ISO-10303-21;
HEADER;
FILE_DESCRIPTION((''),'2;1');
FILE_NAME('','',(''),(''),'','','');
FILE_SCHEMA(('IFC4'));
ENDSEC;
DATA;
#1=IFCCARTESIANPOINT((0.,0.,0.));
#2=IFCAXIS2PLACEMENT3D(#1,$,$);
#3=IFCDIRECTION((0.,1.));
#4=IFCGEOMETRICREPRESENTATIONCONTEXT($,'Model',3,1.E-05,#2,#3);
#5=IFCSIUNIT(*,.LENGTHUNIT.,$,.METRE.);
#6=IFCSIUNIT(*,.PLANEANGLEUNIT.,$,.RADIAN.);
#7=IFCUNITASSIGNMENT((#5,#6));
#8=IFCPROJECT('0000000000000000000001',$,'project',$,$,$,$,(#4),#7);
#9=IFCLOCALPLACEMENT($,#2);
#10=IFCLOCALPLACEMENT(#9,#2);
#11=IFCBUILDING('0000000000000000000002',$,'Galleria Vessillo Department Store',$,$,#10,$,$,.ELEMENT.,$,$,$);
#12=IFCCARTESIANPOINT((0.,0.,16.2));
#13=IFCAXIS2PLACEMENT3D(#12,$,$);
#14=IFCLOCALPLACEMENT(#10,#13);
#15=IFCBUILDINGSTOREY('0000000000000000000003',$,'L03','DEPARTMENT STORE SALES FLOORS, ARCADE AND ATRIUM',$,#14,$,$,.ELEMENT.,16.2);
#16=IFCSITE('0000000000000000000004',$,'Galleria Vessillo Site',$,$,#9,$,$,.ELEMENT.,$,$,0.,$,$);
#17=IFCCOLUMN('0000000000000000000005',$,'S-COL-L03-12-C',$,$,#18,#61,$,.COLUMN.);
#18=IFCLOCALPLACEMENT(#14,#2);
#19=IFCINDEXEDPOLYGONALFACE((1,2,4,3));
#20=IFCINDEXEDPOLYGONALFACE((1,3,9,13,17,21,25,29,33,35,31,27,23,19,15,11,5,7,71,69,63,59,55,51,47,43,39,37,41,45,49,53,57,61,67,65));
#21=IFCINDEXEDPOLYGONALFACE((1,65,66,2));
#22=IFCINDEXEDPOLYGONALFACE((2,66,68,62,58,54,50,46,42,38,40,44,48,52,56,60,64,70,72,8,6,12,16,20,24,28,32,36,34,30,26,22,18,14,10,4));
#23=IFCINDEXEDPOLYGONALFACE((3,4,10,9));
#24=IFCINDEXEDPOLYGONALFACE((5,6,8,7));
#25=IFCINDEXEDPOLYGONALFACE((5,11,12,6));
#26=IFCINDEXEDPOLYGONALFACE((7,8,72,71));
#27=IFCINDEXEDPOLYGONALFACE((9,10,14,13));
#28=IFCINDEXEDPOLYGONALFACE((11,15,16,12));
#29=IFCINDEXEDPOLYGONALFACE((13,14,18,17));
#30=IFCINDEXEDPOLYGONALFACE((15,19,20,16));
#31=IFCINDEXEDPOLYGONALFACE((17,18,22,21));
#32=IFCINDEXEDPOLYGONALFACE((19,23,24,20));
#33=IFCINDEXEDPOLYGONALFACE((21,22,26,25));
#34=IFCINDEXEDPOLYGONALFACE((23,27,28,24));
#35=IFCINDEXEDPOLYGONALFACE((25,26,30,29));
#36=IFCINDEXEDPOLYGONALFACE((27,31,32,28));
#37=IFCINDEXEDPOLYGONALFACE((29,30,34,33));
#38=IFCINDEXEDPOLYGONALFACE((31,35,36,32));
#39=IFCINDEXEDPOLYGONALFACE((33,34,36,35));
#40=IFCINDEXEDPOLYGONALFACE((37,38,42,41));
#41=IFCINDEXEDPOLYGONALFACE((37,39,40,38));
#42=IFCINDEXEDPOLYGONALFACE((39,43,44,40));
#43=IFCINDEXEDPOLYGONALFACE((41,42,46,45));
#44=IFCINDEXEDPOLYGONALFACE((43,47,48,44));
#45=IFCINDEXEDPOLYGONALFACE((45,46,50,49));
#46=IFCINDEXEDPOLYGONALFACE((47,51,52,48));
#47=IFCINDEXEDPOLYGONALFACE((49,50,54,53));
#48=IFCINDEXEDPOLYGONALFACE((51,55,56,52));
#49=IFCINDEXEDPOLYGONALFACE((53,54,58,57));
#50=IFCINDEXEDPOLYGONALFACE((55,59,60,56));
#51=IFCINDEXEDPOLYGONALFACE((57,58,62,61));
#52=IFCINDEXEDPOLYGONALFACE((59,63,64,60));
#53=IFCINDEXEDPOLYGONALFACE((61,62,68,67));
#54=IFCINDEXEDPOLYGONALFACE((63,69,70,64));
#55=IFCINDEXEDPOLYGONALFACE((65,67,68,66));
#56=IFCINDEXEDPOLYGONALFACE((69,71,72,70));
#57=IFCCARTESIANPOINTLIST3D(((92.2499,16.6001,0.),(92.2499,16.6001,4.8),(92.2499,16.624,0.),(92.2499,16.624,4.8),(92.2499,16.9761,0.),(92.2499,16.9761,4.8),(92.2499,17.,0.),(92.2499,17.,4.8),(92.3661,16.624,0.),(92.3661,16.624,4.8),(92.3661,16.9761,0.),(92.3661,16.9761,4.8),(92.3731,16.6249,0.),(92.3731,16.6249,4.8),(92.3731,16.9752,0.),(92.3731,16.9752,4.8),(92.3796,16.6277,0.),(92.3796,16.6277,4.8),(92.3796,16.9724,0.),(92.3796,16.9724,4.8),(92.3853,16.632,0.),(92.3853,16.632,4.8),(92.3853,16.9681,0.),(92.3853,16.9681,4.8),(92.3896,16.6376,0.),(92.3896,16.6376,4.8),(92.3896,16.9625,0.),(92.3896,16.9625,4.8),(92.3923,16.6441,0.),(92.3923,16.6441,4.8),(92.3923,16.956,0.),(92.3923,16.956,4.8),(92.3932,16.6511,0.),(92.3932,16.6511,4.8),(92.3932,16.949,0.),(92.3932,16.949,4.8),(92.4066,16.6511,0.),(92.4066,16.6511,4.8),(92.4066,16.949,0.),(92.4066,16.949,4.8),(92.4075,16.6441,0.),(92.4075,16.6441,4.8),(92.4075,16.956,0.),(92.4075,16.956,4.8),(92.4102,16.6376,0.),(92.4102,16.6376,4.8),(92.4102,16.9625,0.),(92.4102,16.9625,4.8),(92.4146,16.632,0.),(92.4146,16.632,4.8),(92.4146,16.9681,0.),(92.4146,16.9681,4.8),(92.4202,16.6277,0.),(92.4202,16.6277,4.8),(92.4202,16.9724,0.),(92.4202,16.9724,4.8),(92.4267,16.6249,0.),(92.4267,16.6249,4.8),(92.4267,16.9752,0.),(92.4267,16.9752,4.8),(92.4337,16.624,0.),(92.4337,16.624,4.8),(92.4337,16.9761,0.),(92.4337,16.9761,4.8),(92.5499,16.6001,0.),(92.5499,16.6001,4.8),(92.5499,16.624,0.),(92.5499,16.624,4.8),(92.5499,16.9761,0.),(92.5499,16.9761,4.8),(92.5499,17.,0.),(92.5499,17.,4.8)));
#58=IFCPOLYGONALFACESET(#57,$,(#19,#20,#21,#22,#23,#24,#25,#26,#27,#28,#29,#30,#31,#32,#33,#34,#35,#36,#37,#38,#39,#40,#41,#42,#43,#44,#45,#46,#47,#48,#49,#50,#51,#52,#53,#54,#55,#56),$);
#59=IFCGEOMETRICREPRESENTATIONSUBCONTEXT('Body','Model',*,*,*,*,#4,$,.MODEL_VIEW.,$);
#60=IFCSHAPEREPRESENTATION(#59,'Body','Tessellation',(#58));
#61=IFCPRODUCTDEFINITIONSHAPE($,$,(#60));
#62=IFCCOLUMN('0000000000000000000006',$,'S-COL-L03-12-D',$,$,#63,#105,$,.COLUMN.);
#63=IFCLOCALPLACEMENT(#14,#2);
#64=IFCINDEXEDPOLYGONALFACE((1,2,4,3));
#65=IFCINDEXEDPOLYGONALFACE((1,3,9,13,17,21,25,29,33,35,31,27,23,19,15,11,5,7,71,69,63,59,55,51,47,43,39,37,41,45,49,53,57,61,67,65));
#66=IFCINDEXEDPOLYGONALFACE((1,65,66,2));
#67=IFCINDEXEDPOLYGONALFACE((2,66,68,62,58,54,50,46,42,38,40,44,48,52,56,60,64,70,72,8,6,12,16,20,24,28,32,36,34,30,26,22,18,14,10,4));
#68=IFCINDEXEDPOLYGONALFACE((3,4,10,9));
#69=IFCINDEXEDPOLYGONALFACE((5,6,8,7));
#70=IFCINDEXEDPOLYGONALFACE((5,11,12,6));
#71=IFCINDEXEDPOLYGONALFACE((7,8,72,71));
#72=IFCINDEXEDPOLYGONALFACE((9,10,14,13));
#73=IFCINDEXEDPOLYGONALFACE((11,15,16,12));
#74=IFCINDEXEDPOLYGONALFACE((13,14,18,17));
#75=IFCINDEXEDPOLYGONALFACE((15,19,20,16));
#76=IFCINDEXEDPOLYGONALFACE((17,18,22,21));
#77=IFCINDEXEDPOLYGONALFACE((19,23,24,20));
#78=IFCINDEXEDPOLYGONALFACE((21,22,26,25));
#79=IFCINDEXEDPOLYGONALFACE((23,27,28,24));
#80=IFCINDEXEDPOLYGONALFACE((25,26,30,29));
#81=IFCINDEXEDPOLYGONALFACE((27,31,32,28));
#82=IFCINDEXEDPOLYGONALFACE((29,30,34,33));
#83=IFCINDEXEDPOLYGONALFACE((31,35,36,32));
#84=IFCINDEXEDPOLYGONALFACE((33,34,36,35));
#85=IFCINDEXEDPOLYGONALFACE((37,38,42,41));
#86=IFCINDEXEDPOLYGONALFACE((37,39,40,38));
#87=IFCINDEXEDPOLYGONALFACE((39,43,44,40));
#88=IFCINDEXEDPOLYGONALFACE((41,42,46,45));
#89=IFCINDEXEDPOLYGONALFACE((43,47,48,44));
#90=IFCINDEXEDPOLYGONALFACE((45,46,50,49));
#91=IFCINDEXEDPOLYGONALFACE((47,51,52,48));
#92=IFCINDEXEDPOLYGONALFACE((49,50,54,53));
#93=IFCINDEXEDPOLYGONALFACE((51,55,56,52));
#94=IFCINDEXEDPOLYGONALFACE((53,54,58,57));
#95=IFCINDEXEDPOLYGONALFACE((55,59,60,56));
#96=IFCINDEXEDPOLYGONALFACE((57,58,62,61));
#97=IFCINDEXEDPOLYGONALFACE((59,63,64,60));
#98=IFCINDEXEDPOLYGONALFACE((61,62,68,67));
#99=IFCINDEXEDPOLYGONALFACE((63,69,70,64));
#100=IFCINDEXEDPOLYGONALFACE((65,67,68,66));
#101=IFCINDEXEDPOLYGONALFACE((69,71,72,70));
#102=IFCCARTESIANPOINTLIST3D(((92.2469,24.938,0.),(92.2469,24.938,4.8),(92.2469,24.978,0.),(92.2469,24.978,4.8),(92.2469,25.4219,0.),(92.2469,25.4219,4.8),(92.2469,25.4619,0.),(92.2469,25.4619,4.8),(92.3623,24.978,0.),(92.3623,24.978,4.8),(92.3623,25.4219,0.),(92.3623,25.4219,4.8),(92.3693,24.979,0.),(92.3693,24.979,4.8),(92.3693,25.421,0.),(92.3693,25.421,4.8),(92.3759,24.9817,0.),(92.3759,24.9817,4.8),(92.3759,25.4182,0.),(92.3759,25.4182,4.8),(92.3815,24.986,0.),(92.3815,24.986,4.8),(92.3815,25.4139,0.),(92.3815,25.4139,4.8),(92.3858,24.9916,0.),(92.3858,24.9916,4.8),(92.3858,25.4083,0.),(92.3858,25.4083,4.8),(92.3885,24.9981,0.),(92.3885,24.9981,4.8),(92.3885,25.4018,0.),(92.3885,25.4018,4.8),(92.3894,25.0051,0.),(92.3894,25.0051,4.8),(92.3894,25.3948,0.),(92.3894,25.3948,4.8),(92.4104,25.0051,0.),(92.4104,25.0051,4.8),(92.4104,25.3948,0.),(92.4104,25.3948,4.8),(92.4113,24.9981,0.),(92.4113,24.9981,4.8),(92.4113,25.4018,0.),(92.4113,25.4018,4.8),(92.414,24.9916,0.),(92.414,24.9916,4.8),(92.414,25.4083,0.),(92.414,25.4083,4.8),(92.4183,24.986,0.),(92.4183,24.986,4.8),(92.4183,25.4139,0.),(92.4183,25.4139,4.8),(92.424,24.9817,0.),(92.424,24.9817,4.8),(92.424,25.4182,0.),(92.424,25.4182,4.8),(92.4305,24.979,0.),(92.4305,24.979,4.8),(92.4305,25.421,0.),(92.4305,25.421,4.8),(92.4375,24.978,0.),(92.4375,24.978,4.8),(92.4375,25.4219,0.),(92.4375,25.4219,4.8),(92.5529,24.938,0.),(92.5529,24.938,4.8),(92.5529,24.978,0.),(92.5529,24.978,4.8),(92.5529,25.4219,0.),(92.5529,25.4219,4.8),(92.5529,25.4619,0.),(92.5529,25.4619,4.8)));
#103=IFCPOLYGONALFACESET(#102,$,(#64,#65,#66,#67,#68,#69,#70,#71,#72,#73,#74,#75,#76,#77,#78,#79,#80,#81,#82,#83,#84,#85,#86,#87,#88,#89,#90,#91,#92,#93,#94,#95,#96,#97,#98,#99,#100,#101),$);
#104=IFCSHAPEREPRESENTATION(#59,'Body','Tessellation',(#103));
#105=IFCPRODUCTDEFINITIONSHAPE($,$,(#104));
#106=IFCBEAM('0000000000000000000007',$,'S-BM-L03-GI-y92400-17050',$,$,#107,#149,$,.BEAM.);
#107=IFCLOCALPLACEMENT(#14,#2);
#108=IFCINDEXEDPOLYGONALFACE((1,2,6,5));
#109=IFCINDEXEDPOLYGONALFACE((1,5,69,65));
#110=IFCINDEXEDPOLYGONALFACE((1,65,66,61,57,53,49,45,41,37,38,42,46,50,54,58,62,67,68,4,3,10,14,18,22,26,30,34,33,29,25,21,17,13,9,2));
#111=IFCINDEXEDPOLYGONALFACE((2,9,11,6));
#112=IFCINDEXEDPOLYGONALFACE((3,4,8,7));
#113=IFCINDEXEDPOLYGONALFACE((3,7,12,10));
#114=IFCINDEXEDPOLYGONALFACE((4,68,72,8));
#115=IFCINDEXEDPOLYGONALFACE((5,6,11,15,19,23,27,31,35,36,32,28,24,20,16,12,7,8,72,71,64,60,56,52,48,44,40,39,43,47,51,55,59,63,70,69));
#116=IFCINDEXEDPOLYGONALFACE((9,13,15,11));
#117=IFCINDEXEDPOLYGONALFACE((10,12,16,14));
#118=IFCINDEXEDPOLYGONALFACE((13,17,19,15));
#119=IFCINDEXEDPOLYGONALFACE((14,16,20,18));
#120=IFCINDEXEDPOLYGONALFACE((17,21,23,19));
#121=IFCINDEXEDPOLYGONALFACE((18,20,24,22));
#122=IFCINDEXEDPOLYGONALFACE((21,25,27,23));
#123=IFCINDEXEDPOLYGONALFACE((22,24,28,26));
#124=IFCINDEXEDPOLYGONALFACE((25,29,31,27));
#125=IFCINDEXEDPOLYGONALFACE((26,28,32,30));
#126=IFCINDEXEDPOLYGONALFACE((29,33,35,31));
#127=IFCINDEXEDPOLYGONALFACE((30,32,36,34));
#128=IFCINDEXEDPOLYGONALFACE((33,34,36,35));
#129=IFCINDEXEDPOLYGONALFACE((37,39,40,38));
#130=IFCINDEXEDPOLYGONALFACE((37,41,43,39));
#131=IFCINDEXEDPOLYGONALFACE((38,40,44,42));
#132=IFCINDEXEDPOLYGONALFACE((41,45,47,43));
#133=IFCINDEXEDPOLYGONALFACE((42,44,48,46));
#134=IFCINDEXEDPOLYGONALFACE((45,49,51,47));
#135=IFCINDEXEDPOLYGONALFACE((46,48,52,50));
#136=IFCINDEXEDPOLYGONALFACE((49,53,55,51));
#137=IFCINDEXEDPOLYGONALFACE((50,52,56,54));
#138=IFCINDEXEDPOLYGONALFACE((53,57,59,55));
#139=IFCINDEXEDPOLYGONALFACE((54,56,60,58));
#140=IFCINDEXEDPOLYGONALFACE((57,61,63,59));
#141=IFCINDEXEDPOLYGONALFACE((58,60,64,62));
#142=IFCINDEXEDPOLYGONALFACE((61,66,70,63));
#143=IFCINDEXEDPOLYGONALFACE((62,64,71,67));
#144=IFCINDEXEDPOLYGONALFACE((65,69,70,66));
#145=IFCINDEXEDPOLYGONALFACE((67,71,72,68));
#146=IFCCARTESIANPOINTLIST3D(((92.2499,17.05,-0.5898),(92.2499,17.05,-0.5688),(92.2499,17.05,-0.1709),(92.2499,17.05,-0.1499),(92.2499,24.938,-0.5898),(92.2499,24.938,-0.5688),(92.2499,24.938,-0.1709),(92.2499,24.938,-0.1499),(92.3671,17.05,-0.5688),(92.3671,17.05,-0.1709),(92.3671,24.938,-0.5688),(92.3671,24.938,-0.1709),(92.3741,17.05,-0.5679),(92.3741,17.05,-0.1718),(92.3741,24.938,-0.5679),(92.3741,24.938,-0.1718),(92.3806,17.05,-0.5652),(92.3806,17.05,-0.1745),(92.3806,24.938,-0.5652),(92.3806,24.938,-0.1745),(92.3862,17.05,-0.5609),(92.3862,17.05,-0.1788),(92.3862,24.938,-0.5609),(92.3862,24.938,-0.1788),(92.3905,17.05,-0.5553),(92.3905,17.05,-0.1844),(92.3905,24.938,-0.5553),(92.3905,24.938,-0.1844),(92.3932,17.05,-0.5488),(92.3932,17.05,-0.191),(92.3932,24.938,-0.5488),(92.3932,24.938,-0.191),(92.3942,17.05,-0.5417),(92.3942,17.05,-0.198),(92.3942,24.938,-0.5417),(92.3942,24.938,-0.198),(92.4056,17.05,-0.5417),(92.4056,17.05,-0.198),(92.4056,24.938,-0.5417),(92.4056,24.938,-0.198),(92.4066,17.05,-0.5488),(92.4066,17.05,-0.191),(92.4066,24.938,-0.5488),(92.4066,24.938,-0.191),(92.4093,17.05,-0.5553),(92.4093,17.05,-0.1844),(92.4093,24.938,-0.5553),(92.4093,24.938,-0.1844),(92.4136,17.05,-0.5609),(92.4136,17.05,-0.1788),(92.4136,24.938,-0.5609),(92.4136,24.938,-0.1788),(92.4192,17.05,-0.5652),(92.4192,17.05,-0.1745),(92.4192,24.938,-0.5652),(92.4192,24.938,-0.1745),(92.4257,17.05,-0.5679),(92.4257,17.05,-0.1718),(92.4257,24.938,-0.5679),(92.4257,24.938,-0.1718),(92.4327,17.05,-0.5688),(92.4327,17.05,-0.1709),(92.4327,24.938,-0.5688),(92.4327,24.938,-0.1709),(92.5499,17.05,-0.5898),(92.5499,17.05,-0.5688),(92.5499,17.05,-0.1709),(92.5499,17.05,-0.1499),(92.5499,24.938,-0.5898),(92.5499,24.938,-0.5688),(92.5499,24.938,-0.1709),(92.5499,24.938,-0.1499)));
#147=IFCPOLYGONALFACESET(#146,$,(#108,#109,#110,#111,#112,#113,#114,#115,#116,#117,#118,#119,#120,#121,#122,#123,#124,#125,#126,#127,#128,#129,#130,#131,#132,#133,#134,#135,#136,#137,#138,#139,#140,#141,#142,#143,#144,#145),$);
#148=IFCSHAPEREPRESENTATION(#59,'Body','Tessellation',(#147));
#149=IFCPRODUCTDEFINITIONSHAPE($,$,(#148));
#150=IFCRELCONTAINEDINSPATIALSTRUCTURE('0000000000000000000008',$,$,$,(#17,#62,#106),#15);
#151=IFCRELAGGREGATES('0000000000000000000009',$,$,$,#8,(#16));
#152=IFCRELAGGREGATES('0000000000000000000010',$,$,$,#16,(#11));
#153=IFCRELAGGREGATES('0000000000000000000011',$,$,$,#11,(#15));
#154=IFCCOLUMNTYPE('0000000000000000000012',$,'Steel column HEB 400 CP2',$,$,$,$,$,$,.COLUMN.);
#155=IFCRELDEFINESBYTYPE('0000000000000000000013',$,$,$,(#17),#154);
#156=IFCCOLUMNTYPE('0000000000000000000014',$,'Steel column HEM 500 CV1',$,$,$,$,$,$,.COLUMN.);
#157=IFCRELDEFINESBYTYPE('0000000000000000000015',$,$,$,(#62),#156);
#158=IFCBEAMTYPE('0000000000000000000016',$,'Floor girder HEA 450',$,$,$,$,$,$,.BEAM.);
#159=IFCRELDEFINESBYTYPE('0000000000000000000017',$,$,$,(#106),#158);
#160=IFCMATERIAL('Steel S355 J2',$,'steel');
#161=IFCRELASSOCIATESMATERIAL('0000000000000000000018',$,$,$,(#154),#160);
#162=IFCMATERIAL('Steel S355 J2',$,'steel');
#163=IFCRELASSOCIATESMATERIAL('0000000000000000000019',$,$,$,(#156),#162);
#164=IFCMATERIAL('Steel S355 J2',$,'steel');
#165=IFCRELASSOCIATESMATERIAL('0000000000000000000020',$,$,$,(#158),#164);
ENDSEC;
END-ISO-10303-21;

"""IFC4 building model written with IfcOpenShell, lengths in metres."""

from ifc_helpers import new_model, si_unit, direction, frame, origin, origin_2d, place, context, subcontext, project, spatial, i_section, extrude, material, material_profile, profile_set, type_object, element, save


model = new_model("IFC4")

# Units and contexts
model_context = context("Model", 3, precision=1e-05, world=origin(), true_north=direction((0.0, 1.0)))
body_context = subcontext(model_context, "Body", "Model", "MODEL_VIEW")
ifc_project = project(units=[si_unit("LENGTHUNIT", "METRE"), si_unit("PLANEANGLEUNIT", "RADIAN")], contexts=[model_context])

# Site, building, storey
site_placement = place(None, origin())
site = spatial("IfcSite", under=ifc_project, at=site_placement, Name="Galleria Vessillo Site", CompositionType="ELEMENT", RefElevation=0.0)
building_placement = place(site_placement, origin())
building = spatial("IfcBuilding", under=site, at=building_placement, Name="Galleria Vessillo Department Store", CompositionType="ELEMENT")
storey_placement = place(building_placement, frame((0.0, 0.0, 16.2)))
storey = spatial("IfcBuildingStorey", under=building, at=storey_placement, Name="L03", Description="DEPARTMENT STORE SALES FLOORS, ARCADE AND ATRIUM", CompositionType="ELEMENT", Elevation=16.2)

# Columns
ifc_material_1 = material(Name="Steel S355 J2", Category="steel")
ifc_material_profile_1 = material_profile(ifc_material_1, i_section(OverallWidth=0.3, OverallDepth=0.3999, WebThickness=0.0134, FlangeThickness=0.0239, FilletRadius=0.0271, at=origin_2d()), Name="HEB 400")
ifc_profile_set_1 = profile_set([ifc_material_profile_1], Name="Steel S355 J2")
column_type_1 = type_object("IfcColumnType", Name="Steel column HEB 400 CP2", PredefinedType="COLUMN", material=ifc_profile_set_1)
column_1_placement = place(storey_placement, frame((92.3999, 16.8, 0.0), z_axis=(0.0, 0.0, 1.0), x_axis=(1.0, 0.0, 0.0)))
element("IfcColumn", 1, at=column_1_placement, inside=storey, type_object=column_type_1, Name="S-COL-L03-12-C", PredefinedType="COLUMN", context=body_context, shape_type="SweptSolid", body=[
    extrude(i_section(OverallWidth=0.3, OverallDepth=0.3999, WebThickness=0.0134, FlangeThickness=0.0239, FilletRadius=0.0271, at=origin_2d()), origin(), (0.0, 0.0, 1.0), 4.8),
])
ifc_material_2 = material(Name="Steel S355 J2", Category="steel")
ifc_material_profile_2 = material_profile(ifc_material_2, i_section(OverallWidth=0.3059, OverallDepth=0.5239, WebThickness=0.021, FlangeThickness=0.04, FilletRadius=0.0271, at=origin_2d()), Name="HEM 500")
ifc_profile_set_2 = profile_set([ifc_material_profile_2], Name="Steel S355 J2")
column_type_2 = type_object("IfcColumnType", Name="Steel column HEM 500 CV1", PredefinedType="COLUMN", material=ifc_profile_set_2)
column_2_placement = place(storey_placement, frame((92.3999, 25.2, 0.0), z_axis=(0.0, 0.0, 1.0), x_axis=(1.0, 0.0, 0.0)))
element("IfcColumn", 2, at=column_2_placement, inside=storey, type_object=column_type_2, Name="S-COL-L03-12-D", PredefinedType="COLUMN", context=body_context, shape_type="SweptSolid", body=[
    extrude(i_section(OverallWidth=0.3059, OverallDepth=0.5239, WebThickness=0.021, FlangeThickness=0.04, FilletRadius=0.0271, at=origin_2d()), origin(), (0.0, 0.0, 1.0), 4.8),
])

# Beam
ifc_material_3 = material(Name="Steel S355 J2", Category="steel")
ifc_material_profile_3 = material_profile(ifc_material_3, i_section(OverallWidth=0.3, OverallDepth=0.4399, WebThickness=0.0115, FlangeThickness=0.021, FilletRadius=0.0271, at=origin_2d()), Name="HEA 450")
ifc_profile_set_3 = profile_set([ifc_material_profile_3], Name="Steel S355 J2")
beam_type_1 = type_object("IfcBeamType", Name="Floor girder HEA 450", PredefinedType="BEAM", material=ifc_profile_set_3)
beam_1_placement = place(storey_placement, frame((92.3999, 17.05, -0.3699), z_axis=(0.0, 1.0, 0.0), x_axis=(-1.0, 0.0, 0.0)))
element("IfcBeam", 3, at=beam_1_placement, inside=storey, type_object=beam_type_1, Name="S-BM-L03-GI-y92400-17050", PredefinedType="BEAM", context=body_context, shape_type="SweptSolid", body=[
    extrude(i_section(OverallWidth=0.3, OverallDepth=0.4399, WebThickness=0.0115, FlangeThickness=0.021, FilletRadius=0.0271, at=origin_2d()), origin(), (0.0, 0.0, 1.0), 7.8879),
])

save(model, "model.ifc")
